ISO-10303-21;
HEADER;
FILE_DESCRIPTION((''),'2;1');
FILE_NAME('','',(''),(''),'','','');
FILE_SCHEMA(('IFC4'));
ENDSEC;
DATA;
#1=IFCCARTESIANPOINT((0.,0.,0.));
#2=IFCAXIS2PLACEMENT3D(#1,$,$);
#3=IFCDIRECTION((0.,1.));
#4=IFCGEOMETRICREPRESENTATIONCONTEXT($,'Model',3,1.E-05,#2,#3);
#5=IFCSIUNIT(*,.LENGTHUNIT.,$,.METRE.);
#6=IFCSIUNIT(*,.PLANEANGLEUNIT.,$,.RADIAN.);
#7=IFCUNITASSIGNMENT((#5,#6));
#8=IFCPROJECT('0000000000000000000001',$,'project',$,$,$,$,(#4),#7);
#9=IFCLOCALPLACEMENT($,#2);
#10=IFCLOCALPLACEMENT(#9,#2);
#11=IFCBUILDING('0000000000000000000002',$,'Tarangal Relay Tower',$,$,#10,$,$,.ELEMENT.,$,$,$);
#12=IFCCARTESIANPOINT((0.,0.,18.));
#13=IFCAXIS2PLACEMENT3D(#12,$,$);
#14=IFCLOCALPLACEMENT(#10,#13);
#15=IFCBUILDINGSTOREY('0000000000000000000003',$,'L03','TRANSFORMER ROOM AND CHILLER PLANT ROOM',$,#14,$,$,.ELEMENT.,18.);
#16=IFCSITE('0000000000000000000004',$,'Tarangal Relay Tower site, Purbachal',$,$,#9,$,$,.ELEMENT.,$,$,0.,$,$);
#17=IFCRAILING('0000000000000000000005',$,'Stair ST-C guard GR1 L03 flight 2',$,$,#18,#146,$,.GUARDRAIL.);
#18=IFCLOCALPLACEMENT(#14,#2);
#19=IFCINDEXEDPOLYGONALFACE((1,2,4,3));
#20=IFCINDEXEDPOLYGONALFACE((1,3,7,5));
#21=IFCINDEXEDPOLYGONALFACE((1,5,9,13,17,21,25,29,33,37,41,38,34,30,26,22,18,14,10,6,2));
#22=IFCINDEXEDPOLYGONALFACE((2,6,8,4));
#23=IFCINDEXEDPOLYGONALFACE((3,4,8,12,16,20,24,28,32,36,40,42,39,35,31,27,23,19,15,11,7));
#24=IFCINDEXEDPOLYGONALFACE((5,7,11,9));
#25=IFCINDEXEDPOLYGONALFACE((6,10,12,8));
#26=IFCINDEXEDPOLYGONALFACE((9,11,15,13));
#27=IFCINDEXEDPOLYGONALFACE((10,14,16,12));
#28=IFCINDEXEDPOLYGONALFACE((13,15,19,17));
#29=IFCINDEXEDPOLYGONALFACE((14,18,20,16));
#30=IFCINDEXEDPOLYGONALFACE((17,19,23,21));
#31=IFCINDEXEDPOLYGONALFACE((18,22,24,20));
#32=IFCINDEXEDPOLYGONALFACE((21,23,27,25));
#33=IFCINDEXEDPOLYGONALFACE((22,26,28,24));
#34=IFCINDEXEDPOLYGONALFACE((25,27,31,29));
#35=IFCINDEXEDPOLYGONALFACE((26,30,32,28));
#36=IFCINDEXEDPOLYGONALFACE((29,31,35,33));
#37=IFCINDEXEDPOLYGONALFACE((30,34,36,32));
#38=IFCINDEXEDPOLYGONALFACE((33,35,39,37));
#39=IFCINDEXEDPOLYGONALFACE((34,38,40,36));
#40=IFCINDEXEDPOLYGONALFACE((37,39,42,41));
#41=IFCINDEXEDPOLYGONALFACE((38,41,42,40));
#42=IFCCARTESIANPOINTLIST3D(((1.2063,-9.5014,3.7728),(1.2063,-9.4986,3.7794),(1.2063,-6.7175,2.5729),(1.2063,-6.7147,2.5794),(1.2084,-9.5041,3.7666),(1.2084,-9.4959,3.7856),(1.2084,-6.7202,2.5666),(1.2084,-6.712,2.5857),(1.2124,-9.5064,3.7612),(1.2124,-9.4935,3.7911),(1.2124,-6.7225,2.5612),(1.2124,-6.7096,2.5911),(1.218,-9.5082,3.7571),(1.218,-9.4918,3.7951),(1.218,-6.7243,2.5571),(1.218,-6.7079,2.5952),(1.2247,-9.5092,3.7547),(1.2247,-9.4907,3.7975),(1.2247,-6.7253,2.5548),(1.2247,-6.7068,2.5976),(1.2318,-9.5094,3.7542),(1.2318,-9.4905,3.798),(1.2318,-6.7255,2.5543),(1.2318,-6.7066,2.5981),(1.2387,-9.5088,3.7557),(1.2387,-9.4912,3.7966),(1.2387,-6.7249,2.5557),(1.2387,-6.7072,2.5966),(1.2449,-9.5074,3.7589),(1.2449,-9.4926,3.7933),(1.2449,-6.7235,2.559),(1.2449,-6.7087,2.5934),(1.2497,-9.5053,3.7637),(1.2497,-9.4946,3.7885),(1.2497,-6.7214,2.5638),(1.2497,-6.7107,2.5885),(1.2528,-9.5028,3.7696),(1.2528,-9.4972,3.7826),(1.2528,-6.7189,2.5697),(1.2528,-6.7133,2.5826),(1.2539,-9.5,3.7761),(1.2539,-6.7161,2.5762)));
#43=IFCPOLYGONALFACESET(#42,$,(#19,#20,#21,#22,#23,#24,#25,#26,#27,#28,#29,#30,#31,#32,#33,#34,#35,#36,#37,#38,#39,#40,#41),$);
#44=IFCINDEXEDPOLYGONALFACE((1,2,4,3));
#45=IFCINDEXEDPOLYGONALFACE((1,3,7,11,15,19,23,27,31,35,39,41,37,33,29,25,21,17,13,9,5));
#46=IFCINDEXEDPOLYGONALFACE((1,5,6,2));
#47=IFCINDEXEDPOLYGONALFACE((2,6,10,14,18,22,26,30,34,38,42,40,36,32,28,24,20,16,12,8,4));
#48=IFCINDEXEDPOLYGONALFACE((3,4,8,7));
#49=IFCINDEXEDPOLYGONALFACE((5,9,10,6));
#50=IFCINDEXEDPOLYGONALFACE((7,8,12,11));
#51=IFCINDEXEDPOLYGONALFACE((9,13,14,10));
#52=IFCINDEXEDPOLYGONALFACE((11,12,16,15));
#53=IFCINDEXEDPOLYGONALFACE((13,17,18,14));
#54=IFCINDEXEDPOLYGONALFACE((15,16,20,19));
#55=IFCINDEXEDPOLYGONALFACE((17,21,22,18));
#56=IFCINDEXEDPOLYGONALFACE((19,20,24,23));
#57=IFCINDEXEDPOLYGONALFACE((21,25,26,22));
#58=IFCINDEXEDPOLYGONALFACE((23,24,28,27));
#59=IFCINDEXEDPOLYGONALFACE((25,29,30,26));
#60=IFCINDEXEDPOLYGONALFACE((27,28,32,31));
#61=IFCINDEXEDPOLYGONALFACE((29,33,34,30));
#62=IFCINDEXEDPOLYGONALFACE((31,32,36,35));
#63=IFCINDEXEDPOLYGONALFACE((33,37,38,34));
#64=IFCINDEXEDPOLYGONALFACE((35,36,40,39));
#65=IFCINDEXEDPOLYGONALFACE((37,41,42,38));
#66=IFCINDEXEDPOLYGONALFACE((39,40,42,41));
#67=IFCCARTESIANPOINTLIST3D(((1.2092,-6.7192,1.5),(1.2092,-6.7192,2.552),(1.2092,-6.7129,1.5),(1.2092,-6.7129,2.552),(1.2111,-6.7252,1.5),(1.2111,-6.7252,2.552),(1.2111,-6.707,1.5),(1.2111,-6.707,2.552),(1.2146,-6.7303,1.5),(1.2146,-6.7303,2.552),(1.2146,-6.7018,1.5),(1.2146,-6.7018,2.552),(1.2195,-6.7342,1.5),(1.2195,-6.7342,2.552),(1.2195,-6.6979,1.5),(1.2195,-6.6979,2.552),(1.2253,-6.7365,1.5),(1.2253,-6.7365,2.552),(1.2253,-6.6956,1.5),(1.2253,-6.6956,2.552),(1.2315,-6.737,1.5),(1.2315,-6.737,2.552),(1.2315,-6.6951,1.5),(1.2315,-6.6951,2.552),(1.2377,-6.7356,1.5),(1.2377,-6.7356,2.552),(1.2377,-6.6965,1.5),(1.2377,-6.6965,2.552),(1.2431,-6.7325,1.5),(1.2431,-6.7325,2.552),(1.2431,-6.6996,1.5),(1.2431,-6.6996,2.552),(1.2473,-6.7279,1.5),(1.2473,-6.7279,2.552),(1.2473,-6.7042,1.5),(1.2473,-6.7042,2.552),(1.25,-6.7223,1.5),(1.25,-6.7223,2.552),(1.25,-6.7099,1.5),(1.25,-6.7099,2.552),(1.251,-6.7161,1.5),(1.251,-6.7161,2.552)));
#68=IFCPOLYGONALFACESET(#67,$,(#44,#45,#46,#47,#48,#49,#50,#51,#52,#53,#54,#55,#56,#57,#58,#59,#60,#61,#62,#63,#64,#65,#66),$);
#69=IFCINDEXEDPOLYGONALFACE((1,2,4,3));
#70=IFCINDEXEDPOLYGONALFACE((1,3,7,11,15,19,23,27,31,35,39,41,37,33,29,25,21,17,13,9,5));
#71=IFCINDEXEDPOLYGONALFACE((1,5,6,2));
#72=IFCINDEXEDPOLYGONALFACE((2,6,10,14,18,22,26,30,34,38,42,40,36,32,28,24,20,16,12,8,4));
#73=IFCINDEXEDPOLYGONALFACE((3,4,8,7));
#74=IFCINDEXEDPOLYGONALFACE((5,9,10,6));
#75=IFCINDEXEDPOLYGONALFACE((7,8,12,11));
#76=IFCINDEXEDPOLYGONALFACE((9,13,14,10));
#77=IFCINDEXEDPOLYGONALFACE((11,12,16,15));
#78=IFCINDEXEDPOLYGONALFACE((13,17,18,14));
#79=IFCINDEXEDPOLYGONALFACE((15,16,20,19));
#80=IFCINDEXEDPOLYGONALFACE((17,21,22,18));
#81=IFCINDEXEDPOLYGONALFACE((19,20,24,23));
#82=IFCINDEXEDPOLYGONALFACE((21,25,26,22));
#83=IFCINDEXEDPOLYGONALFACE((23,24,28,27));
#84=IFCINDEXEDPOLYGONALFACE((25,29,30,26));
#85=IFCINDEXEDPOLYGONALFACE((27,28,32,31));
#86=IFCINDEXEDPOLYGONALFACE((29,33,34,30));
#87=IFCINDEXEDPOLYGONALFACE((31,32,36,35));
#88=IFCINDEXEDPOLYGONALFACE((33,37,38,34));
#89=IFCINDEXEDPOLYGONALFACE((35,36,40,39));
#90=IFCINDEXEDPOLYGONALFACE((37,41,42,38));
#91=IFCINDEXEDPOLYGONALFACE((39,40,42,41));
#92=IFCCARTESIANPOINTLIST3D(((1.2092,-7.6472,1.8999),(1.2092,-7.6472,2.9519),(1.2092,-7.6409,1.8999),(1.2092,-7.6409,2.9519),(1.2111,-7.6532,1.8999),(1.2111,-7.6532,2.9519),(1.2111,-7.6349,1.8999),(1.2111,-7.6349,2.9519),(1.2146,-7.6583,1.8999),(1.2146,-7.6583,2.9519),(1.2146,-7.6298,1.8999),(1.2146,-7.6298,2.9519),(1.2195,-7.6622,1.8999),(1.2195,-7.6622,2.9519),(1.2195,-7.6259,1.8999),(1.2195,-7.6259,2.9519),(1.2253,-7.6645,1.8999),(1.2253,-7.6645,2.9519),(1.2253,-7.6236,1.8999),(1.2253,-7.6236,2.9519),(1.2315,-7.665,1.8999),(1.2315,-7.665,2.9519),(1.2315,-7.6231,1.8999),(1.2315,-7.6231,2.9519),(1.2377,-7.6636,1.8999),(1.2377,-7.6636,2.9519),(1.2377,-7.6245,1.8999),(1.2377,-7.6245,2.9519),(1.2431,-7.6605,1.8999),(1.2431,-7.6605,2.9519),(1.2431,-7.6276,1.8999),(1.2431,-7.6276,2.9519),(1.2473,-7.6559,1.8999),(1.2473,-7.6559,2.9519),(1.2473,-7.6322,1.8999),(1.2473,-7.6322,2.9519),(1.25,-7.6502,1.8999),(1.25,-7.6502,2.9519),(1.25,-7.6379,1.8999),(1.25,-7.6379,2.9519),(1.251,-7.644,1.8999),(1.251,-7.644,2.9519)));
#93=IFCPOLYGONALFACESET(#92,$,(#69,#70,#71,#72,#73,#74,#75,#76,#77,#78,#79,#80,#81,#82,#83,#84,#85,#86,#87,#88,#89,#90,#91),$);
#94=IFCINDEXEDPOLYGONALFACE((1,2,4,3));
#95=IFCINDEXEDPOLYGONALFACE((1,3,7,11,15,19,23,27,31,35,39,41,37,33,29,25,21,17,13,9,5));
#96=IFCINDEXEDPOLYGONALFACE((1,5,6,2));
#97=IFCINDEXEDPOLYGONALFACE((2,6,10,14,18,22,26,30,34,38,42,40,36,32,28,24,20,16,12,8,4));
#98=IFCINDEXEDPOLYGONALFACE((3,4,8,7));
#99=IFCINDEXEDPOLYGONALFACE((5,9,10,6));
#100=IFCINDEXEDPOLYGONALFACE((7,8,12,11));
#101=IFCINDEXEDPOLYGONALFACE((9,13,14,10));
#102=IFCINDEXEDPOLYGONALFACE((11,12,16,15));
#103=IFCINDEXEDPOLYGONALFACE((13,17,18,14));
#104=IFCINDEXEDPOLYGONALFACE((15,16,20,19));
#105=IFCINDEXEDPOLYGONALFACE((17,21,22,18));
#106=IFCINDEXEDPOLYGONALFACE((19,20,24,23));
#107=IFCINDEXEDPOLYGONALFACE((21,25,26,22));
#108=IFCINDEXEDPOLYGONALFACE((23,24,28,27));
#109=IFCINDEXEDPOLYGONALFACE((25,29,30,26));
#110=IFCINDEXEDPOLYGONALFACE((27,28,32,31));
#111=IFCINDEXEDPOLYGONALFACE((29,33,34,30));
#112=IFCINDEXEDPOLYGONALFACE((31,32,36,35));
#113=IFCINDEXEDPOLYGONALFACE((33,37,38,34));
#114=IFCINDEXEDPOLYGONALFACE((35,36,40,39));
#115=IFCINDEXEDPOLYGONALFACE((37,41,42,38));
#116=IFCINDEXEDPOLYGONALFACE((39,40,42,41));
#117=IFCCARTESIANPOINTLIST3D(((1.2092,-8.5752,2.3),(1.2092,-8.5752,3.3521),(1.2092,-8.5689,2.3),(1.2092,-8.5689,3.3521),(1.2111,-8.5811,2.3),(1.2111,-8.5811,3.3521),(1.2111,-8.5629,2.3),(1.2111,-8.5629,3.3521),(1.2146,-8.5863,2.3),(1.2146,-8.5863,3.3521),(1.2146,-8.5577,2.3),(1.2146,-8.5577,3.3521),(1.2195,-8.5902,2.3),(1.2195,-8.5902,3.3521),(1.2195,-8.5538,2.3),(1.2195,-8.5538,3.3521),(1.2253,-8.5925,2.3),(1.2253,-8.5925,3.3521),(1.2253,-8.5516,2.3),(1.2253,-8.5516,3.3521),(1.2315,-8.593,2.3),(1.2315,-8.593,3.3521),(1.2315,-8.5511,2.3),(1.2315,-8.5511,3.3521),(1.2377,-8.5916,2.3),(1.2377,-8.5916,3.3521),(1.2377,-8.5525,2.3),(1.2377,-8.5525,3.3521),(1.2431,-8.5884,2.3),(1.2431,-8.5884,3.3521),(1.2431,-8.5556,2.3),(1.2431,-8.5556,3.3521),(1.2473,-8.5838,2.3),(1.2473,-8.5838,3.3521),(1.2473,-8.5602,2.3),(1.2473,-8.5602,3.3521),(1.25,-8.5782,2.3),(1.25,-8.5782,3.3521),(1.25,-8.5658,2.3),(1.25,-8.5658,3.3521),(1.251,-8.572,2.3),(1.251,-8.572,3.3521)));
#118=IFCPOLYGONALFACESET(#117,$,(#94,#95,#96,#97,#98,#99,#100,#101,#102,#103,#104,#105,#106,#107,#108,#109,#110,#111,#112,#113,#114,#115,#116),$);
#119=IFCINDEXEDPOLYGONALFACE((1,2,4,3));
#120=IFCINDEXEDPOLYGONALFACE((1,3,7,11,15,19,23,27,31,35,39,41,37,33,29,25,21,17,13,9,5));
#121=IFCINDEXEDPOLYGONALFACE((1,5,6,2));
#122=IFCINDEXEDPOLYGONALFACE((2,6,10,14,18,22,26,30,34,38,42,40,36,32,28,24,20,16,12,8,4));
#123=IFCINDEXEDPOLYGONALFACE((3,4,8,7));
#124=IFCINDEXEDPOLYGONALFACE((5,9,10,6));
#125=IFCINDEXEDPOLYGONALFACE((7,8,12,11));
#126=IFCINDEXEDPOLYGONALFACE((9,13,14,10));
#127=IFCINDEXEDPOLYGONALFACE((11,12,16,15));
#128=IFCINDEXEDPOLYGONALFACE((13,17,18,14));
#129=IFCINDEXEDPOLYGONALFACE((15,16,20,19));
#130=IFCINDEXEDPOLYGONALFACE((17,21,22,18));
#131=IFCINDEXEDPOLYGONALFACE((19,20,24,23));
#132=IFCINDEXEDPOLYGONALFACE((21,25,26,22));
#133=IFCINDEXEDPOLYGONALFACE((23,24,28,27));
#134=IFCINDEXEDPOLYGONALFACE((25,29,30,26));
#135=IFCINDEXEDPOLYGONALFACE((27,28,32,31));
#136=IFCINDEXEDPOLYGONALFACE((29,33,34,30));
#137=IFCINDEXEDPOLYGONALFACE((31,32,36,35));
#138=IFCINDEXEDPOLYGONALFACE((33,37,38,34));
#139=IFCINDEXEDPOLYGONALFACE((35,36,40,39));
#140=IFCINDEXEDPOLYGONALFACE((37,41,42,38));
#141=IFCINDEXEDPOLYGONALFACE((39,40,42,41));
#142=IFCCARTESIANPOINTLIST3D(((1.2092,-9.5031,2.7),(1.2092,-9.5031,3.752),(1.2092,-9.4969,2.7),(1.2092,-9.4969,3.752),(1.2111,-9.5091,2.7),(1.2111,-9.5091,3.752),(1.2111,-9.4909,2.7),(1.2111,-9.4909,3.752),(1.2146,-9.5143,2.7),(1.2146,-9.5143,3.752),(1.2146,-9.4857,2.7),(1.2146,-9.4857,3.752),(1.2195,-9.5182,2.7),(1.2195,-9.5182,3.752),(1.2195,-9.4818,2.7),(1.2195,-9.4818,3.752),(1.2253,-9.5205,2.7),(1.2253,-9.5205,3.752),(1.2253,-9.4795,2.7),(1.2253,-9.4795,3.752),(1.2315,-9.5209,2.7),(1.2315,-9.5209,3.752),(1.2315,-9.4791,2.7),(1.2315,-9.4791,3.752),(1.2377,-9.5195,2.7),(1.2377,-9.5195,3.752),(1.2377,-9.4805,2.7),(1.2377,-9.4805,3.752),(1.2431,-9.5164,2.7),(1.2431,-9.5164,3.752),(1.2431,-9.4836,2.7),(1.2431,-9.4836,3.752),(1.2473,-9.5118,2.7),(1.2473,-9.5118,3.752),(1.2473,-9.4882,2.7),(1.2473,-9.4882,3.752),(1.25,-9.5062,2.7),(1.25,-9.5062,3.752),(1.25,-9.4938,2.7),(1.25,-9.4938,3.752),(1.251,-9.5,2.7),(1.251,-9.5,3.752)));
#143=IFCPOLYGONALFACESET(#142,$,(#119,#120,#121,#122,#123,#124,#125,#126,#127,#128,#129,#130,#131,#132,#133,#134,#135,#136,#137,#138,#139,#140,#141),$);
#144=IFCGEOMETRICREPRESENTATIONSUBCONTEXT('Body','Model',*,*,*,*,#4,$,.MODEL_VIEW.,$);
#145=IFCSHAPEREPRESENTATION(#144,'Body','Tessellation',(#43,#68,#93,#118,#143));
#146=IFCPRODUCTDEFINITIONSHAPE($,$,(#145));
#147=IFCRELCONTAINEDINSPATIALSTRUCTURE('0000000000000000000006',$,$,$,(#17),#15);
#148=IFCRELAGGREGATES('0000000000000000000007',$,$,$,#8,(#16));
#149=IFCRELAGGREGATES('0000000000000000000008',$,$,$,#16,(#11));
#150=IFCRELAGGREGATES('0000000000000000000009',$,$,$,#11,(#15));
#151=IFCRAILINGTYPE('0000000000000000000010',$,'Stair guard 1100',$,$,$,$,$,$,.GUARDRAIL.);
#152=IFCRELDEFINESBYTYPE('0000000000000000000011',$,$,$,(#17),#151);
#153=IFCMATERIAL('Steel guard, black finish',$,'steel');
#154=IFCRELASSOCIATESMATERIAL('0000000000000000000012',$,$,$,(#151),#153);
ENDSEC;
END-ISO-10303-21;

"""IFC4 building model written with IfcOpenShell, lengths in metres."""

from ifc_helpers import new_model, si_unit, direction, frame, origin, origin_2d, place, context, subcontext, project, spatial, circle, extrude, material, type_object, element, save


model = new_model("IFC4")

# Units and contexts
model_context = context("Model", 3, precision=1e-05, world=origin(), true_north=direction((0.0, 1.0)))
body_context = subcontext(model_context, "Body", "Model", "MODEL_VIEW")
ifc_project = project(units=[si_unit("LENGTHUNIT", "METRE"), si_unit("PLANEANGLEUNIT", "RADIAN")], contexts=[model_context])

# Site, building, storey
site_placement = place(None, origin())
site = spatial("IfcSite", under=ifc_project, at=site_placement, Name="Tarangal Relay Tower site, Purbachal", CompositionType="ELEMENT", RefElevation=0.0)
building_placement = place(site_placement, origin())
building = spatial("IfcBuilding", under=site, at=building_placement, Name="Tarangal Relay Tower", CompositionType="ELEMENT")
storey_placement = place(building_placement, frame((0.0, 0.0, 18.0)))
storey = spatial("IfcBuildingStorey", under=building, at=storey_placement, Name="L03", Description="TRANSFORMER ROOM AND CHILLER PLANT ROOM", CompositionType="ELEMENT", Elevation=18.0)

# Railing
ifc_material_1 = material(Name="Steel guard, black finish", Category="steel")
railing_type = type_object("IfcRailingType", Name="Stair guard 1100", PredefinedType="GUARDRAIL", material=ifc_material_1)
railing_placement = place(storey_placement, frame((1.23, -6.7161, 1.5)))
element("IfcRailing", 1, at=railing_placement, inside=storey, type_object=railing_type, Name="Stair ST-C guard GR1 L03 flight 2", PredefinedType="GUARDRAIL", context=body_context, shape_type="SweptSolid", body=[
    extrude(circle(Radius=0.0239, at=origin_2d()), frame((0.0, 0.0, 1.0762), z_axis=(0.0, -0.918327, 0.395823), x_axis=(1.0, 0.0, 0.0)), (0.0, 0.0, 1.0), 3.0315),
    extrude(circle(Radius=0.021, at=origin_2d()), origin(), (0.0, 0.0, 1.0), 1.052),
    extrude(circle(Radius=0.021, at=origin_2d()), frame((0.0, -0.928, 0.3999)), (0.0, 0.0, 1.0), 1.052),
    extrude(circle(Radius=0.021, at=origin_2d()), frame((0.0, -1.856, 0.8)), (0.0, 0.0, 1.0), 1.052),
    extrude(circle(Radius=0.021, at=origin_2d()), frame((0.0, -2.7839, 1.2)), (0.0, 0.0, 1.0), 1.052),
])

save(model, "model.ifc")
